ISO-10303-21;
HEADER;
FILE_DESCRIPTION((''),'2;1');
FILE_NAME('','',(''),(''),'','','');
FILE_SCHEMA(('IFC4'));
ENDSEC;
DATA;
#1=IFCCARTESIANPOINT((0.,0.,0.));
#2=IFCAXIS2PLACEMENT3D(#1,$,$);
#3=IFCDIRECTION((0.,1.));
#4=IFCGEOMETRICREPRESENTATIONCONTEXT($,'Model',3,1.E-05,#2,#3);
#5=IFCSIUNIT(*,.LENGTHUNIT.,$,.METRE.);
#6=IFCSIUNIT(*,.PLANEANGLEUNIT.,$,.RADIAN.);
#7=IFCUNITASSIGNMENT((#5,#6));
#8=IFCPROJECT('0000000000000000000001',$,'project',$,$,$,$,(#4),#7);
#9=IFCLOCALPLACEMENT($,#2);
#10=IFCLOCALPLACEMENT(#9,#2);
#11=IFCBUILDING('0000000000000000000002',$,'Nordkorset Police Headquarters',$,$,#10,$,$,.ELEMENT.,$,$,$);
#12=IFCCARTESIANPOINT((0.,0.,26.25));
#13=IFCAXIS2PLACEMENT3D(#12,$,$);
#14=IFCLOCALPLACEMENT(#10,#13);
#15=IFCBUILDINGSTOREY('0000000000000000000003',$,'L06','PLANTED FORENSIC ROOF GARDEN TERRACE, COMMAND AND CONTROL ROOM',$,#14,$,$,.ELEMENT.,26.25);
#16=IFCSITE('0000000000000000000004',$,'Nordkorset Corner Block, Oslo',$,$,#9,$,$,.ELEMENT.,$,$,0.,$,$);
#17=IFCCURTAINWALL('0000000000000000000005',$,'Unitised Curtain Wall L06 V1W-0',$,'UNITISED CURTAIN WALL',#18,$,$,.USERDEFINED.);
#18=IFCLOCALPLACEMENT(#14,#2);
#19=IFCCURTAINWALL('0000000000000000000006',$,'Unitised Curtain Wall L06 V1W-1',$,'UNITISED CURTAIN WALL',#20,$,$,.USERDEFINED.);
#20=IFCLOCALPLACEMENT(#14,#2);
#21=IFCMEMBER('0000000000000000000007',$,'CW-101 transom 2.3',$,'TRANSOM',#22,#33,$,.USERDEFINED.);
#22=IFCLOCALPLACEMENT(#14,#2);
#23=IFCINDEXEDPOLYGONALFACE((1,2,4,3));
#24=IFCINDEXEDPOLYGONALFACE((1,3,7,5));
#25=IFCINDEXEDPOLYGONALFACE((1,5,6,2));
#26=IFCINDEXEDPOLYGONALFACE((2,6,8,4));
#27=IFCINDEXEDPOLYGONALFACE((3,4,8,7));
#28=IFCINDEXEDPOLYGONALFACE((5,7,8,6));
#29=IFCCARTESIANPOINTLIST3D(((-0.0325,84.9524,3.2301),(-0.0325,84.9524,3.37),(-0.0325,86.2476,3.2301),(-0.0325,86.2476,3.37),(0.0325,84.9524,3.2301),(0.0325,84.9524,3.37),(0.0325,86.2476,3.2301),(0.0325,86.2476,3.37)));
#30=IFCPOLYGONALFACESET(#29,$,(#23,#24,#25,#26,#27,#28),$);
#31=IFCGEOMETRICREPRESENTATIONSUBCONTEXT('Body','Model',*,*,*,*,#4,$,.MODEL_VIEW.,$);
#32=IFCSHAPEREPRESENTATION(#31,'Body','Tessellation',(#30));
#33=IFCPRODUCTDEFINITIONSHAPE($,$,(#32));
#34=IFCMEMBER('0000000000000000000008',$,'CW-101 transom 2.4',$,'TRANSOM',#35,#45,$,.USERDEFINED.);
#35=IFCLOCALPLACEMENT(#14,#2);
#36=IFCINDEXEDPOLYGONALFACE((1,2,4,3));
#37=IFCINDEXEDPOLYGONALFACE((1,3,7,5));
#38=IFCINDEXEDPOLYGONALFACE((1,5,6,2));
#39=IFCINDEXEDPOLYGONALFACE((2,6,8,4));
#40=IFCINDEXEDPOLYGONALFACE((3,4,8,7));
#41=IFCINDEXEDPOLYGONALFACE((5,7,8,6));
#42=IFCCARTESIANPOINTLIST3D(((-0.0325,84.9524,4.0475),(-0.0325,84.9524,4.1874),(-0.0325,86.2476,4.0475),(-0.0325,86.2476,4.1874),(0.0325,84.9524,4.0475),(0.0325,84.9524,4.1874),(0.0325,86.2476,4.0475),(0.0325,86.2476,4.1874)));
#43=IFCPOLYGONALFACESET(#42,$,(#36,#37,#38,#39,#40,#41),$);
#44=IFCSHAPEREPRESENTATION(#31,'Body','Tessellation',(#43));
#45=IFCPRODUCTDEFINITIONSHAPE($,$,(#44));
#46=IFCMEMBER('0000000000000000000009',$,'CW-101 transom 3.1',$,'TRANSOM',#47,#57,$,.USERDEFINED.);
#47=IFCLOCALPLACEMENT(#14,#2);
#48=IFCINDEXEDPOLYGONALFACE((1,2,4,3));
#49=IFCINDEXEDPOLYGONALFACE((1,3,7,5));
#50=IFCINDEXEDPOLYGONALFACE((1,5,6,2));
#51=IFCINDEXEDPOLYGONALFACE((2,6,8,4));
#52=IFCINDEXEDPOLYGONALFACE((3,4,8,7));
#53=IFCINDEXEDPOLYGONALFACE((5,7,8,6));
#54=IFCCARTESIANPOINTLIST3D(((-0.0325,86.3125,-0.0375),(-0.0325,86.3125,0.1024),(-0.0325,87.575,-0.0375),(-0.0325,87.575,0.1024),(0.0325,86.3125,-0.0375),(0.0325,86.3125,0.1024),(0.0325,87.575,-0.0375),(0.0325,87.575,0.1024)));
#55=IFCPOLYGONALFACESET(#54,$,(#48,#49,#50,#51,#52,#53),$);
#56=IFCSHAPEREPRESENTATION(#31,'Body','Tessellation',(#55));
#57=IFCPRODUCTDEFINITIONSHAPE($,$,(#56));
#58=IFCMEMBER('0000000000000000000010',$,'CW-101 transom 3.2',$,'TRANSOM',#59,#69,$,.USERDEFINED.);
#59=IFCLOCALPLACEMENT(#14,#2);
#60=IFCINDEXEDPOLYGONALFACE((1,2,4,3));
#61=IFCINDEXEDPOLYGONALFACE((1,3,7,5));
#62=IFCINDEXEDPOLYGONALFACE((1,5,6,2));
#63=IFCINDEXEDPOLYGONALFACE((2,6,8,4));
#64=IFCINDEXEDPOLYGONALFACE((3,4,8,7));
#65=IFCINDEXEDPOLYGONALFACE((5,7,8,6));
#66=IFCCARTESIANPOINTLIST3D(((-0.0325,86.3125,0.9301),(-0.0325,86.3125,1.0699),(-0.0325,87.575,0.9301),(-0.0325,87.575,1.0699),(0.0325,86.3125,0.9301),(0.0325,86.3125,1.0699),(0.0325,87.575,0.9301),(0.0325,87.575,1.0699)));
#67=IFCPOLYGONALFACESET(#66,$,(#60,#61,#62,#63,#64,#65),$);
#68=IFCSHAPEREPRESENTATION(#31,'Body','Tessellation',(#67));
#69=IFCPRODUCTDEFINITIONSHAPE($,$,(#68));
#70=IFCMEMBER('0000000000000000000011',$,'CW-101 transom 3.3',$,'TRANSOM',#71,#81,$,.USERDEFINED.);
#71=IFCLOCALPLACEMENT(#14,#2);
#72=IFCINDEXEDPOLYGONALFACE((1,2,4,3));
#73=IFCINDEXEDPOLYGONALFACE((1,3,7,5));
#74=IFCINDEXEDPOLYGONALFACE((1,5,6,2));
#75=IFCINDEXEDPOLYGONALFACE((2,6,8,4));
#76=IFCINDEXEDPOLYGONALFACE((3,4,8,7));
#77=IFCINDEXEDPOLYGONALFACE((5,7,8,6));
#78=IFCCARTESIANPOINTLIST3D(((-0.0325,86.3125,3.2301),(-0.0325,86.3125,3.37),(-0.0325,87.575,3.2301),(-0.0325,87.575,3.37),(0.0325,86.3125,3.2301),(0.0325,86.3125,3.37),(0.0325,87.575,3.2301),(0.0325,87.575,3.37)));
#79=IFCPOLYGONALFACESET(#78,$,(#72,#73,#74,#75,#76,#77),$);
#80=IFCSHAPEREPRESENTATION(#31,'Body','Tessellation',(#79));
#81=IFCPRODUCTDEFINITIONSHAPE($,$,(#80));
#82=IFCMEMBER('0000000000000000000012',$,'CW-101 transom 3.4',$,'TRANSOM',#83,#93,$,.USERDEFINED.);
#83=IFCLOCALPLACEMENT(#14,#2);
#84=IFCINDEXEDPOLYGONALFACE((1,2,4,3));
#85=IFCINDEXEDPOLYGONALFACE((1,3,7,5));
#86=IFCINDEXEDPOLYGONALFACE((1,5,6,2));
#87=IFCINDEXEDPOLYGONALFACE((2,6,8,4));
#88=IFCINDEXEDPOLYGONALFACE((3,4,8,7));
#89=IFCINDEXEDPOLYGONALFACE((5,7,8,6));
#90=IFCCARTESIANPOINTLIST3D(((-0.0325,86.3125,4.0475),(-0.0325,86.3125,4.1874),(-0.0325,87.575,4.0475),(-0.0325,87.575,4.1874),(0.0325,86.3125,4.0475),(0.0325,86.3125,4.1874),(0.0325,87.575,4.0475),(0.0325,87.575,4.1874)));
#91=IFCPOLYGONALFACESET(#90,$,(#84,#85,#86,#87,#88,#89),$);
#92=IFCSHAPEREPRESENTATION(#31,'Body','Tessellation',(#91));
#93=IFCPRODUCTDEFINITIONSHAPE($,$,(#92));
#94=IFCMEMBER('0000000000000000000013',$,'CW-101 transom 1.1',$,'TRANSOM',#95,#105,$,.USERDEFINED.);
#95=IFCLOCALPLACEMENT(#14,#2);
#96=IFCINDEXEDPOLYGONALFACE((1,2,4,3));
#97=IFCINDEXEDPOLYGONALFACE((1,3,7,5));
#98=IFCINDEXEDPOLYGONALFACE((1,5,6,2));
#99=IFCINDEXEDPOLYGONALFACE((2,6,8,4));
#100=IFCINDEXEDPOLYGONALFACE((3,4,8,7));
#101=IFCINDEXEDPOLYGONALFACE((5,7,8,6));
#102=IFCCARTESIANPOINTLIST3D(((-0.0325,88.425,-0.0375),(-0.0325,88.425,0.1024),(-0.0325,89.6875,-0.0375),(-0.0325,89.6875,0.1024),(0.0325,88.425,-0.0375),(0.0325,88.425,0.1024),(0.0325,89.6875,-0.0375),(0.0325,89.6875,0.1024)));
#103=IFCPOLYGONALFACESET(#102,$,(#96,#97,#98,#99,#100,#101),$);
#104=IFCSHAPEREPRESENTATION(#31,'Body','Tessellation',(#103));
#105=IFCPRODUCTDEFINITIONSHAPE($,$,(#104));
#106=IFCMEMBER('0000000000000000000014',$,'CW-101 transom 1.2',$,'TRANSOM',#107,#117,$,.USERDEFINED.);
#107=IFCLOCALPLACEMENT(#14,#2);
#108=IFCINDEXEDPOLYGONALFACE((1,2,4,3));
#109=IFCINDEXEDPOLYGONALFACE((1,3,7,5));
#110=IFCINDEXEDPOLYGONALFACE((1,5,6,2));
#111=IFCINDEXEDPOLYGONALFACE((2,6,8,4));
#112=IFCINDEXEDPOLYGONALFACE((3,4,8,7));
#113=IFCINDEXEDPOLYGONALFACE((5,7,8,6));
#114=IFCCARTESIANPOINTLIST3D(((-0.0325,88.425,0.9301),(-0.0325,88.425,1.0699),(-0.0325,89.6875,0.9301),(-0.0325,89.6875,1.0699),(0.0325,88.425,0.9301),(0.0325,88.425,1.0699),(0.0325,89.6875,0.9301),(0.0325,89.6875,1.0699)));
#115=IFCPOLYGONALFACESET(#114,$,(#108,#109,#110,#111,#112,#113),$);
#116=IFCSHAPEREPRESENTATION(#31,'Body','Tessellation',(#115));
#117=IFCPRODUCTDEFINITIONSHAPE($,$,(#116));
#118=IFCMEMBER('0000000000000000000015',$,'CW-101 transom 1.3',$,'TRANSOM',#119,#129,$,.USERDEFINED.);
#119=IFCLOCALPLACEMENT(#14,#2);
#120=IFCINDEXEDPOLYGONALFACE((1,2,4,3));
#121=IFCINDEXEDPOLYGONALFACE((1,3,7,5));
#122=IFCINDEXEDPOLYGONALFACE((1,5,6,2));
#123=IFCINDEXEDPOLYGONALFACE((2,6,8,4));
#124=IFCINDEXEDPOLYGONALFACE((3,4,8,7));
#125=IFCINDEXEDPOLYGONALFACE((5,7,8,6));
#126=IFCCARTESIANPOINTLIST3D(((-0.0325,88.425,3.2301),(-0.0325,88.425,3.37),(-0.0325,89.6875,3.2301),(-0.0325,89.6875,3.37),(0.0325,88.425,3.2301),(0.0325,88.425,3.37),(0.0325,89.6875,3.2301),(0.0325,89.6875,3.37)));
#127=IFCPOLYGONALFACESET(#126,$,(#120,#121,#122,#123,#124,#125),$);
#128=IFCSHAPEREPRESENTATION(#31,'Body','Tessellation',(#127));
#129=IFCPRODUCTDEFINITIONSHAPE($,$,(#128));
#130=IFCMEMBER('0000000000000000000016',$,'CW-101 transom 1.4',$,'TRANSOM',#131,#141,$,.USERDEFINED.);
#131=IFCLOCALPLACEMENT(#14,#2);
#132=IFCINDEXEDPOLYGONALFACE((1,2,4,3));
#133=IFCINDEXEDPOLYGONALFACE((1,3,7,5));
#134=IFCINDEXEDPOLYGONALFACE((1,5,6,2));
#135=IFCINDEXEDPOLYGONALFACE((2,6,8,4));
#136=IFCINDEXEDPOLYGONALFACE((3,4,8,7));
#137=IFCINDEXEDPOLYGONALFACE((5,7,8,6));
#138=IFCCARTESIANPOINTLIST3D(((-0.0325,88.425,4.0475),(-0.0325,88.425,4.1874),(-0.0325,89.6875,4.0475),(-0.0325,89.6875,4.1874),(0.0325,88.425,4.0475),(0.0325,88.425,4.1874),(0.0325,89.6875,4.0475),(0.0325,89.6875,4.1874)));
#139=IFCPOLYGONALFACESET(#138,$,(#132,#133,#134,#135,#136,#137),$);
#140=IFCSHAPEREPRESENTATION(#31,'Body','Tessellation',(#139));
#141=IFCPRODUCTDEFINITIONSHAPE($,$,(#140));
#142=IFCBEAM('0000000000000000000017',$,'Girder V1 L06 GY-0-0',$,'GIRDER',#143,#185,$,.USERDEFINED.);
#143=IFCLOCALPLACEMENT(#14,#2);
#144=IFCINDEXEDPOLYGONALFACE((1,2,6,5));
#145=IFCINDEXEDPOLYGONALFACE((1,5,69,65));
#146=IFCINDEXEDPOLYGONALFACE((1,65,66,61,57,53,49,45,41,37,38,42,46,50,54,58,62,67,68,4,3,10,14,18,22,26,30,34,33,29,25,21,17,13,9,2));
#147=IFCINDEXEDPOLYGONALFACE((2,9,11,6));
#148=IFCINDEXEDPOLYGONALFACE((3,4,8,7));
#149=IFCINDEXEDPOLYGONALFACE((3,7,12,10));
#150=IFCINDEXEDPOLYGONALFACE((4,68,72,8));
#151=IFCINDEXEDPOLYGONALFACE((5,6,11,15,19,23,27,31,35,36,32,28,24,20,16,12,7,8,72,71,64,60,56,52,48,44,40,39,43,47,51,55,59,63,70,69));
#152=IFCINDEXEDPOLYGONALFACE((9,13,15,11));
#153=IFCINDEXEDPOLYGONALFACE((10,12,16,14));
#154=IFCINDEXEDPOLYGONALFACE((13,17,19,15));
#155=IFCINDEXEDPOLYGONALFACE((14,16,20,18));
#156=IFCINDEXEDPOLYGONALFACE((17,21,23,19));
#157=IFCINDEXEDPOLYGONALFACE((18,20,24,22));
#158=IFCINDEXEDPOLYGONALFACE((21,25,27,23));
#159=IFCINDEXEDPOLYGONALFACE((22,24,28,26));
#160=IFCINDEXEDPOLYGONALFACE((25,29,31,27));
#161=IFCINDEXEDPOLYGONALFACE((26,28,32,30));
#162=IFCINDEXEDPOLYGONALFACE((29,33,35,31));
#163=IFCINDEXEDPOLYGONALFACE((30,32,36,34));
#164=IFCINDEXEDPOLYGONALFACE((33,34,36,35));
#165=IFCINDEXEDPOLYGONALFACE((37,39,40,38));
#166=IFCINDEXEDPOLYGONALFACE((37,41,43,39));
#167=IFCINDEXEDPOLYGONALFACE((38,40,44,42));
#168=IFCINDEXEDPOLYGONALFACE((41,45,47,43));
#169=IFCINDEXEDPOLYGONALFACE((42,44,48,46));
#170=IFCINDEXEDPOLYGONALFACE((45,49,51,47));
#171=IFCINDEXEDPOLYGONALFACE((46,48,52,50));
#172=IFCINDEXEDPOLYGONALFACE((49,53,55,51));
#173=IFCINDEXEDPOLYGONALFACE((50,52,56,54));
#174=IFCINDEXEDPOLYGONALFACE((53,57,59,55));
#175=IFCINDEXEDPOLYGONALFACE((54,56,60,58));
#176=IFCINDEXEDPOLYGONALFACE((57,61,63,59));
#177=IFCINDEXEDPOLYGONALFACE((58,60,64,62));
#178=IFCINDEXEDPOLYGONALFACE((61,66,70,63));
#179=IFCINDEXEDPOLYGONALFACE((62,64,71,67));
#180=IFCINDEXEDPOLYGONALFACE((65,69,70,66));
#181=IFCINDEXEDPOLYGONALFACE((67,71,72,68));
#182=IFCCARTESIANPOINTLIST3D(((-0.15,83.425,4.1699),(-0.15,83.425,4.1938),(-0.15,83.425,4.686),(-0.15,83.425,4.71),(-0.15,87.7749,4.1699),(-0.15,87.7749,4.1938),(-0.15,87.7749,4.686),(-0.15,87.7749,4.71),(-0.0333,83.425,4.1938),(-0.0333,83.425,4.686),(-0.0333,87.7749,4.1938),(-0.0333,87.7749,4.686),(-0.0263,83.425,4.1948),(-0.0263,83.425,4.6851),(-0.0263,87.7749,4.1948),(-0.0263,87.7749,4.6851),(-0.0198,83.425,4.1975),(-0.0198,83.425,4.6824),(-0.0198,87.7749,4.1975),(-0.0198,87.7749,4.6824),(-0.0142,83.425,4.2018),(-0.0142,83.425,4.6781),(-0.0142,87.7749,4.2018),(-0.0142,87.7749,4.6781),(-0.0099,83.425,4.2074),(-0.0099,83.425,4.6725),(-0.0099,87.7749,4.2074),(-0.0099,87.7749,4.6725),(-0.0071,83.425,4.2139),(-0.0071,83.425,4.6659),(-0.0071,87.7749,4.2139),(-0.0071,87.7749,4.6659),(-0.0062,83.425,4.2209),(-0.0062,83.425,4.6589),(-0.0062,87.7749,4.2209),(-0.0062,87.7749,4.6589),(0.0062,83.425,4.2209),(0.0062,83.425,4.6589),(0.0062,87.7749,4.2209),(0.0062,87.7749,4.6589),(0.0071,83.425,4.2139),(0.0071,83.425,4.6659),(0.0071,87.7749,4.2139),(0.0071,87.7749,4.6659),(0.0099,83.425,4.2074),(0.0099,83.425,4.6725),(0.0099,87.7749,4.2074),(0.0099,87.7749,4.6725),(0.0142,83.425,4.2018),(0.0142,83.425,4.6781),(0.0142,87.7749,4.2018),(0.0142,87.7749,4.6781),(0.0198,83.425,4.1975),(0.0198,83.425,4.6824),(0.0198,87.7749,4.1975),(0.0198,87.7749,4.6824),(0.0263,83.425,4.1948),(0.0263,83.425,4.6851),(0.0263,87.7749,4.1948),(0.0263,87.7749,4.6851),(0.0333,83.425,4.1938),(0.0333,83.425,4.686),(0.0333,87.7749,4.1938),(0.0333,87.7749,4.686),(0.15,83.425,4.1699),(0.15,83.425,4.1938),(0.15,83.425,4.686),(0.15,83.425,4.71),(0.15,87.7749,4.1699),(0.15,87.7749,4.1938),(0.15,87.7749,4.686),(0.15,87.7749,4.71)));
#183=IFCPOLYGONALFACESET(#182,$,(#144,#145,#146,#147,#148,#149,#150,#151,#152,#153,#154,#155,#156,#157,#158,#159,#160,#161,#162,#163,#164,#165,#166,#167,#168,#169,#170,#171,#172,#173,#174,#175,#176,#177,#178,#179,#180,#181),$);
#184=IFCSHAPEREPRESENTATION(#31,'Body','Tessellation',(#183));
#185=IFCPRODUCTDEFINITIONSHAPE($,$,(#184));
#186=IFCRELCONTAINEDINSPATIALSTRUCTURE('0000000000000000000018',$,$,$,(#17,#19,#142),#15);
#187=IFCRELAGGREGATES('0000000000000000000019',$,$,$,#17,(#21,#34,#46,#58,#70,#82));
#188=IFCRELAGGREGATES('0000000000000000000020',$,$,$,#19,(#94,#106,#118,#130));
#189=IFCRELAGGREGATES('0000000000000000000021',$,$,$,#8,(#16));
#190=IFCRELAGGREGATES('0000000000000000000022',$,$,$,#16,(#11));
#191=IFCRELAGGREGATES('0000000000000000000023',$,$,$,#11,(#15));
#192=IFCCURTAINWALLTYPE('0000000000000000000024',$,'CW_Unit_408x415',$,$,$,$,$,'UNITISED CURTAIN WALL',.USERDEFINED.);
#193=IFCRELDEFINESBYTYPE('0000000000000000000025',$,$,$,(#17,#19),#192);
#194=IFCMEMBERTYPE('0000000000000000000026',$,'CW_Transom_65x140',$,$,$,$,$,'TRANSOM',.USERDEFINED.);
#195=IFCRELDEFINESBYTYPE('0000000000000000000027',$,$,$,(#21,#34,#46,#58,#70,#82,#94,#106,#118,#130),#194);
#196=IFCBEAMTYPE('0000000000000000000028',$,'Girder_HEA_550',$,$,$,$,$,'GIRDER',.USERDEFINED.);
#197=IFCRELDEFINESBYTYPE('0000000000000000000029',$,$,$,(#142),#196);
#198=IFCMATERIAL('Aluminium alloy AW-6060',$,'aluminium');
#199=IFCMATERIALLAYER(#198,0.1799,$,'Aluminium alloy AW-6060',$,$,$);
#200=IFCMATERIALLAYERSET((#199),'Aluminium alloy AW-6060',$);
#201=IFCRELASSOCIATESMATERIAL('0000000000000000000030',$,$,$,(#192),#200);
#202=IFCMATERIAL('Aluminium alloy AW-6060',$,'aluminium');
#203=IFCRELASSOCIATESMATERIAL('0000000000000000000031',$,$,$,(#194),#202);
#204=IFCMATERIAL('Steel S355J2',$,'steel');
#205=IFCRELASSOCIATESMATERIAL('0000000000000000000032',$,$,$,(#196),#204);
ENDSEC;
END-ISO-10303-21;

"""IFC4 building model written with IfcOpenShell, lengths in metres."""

from ifc_helpers import new_model, si_unit, direction, frame, origin, origin_2d, place, context, subcontext, project, spatial, rectangle, i_section, extrude, material, layer, layer_set, material_profile, profile_set, type_object, element, aggregate, save


model = new_model("IFC4")

# Units and contexts
model_context = context("Model", 3, precision=1e-05, world=origin(), true_north=direction((0.0, 1.0)))
body_context = subcontext(model_context, "Body", "Model", "MODEL_VIEW")
ifc_project = project(units=[si_unit("LENGTHUNIT", "METRE"), si_unit("PLANEANGLEUNIT", "RADIAN")], contexts=[model_context])

# Site, building, storey
site_placement = place(None, origin())
site = spatial("IfcSite", under=ifc_project, at=site_placement, Name="Nordkorset Corner Block, Oslo", CompositionType="ELEMENT", RefElevation=0.0)
building_placement = place(site_placement, origin())
building = spatial("IfcBuilding", under=site, at=building_placement, Name="Nordkorset Police Headquarters", CompositionType="ELEMENT")
storey_placement = place(building_placement, frame((0.0, 0.0, 26.25)))
storey = spatial("IfcBuildingStorey", under=building, at=storey_placement, Name="L06", Description="PLANTED FORENSIC ROOF GARDEN TERRACE, COMMAND AND CONTROL ROOM", CompositionType="ELEMENT", Elevation=26.25)

# Curtain wall
ifc_material_1 = material(Name="Aluminium alloy AW-6060", Category="aluminium")
ifc_layer_1 = layer(ifc_material_1, 0.1799, Name="Aluminium alloy AW-6060")
ifc_layer_set_1 = layer_set([ifc_layer_1], Name="Aluminium alloy AW-6060")
curtain_wall_type = type_object("IfcCurtainWallType", Name="CW_Unit_408x415", ElementType="UNITISED CURTAIN WALL", PredefinedType="USERDEFINED", material=ifc_layer_set_1)
curtain_wall_1_placement = place(storey_placement, origin())
curtain_wall_1 = element("IfcCurtainWall", 1, at=curtain_wall_1_placement, inside=storey, type_object=curtain_wall_type, Name="Unitised Curtain Wall L06 V1W-0", ObjectType="UNITISED CURTAIN WALL", PredefinedType="USERDEFINED")

# Curtain wall
curtain_wall_2_placement = place(storey_placement, origin())
curtain_wall_2 = element("IfcCurtainWall", 2, at=curtain_wall_2_placement, inside=storey, type_object=curtain_wall_type, Name="Unitised Curtain Wall L06 V1W-1", ObjectType="UNITISED CURTAIN WALL", PredefinedType="USERDEFINED")

# Members
ifc_material_2 = material(Name="Aluminium alloy AW-6060", Category="aluminium")
ifc_material_profile_1 = material_profile(ifc_material_2, rectangle(XDim=0.0649, YDim=0.1399, at=origin_2d()), Name="ALU TRAN 65x140")
ifc_profile_set_1 = profile_set([ifc_material_profile_1], Name="Aluminium alloy AW-6060")
member_type_1 = type_object("IfcMemberType", Name="CW_Transom_65x140", ElementType="TRANSOM", PredefinedType="USERDEFINED", material=ifc_profile_set_1)
member_1_placement = place(storey_placement, frame((0.0, 84.9524, 3.3), z_axis=(0.0, 1.0, 0.0), x_axis=(-1.0, 0.0, 0.0)))
member_1 = element("IfcMember", 3, at=member_1_placement, type_object=member_type_1, Name="CW-101 transom 2.3", ObjectType="TRANSOM", PredefinedType="USERDEFINED", context=body_context, shape_type="SweptSolid", body=[
    extrude(rectangle(XDim=0.0649, YDim=0.1399, at=origin_2d()), origin(), (0.0, 0.0, 1.0), 1.2952),
])
member_2_placement = place(storey_placement, frame((0.0, 84.9524, 4.1174), z_axis=(0.0, 1.0, 0.0), x_axis=(-1.0, 0.0, 0.0)))
member_2 = element("IfcMember", 4, at=member_2_placement, type_object=member_type_1, Name="CW-101 transom 2.4", ObjectType="TRANSOM", PredefinedType="USERDEFINED", context=body_context, shape_type="SweptSolid", body=[
    extrude(rectangle(XDim=0.0649, YDim=0.1399, at=origin_2d()), origin(), (0.0, 0.0, 1.0), 1.2952),
])
member_3_placement = place(storey_placement, frame((0.0, 86.3125, 0.0325), z_axis=(0.0, 1.0, 0.0), x_axis=(-1.0, 0.0, 0.0)))
member_3 = element("IfcMember", 5, at=member_3_placement, type_object=member_type_1, Name="CW-101 transom 3.1", ObjectType="TRANSOM", PredefinedType="USERDEFINED", context=body_context, shape_type="SweptSolid", body=[
    extrude(rectangle(XDim=0.0649, YDim=0.1399, at=origin_2d()), origin(), (0.0, 0.0, 1.0), 1.2625),
])
member_4_placement = place(storey_placement, frame((0.0, 86.3125, 1.0), z_axis=(0.0, 1.0, 0.0), x_axis=(-1.0, 0.0, 0.0)))
member_4 = element("IfcMember", 6, at=member_4_placement, type_object=member_type_1, Name="CW-101 transom 3.2", ObjectType="TRANSOM", PredefinedType="USERDEFINED", context=body_context, shape_type="SweptSolid", body=[
    extrude(rectangle(XDim=0.0649, YDim=0.1399, at=origin_2d()), origin(), (0.0, 0.0, 1.0), 1.2625),
])
member_5_placement = place(storey_placement, frame((0.0, 86.3125, 3.3), z_axis=(0.0, 1.0, 0.0), x_axis=(-1.0, 0.0, 0.0)))
member_5 = element("IfcMember", 7, at=member_5_placement, type_object=member_type_1, Name="CW-101 transom 3.3", ObjectType="TRANSOM", PredefinedType="USERDEFINED", context=body_context, shape_type="SweptSolid", body=[
    extrude(rectangle(XDim=0.0649, YDim=0.1399, at=origin_2d()), origin(), (0.0, 0.0, 1.0), 1.2625),
])
member_6_placement = place(storey_placement, frame((0.0, 86.3125, 4.1174), z_axis=(0.0, 1.0, 0.0), x_axis=(-1.0, 0.0, 0.0)))
member_6 = element("IfcMember", 8, at=member_6_placement, type_object=member_type_1, Name="CW-101 transom 3.4", ObjectType="TRANSOM", PredefinedType="USERDEFINED", context=body_context, shape_type="SweptSolid", body=[
    extrude(rectangle(XDim=0.0649, YDim=0.1399, at=origin_2d()), origin(), (0.0, 0.0, 1.0), 1.2625),
])
member_7_placement = place(storey_placement, frame((0.0, 88.425, 0.0325), z_axis=(0.0, 1.0, 0.0), x_axis=(-1.0, 0.0, 0.0)))
member_7 = element("IfcMember", 9, at=member_7_placement, type_object=member_type_1, Name="CW-101 transom 1.1", ObjectType="TRANSOM", PredefinedType="USERDEFINED", context=body_context, shape_type="SweptSolid", body=[
    extrude(rectangle(XDim=0.0649, YDim=0.1399, at=origin_2d()), origin(), (0.0, 0.0, 1.0), 1.2625),
])
member_8_placement = place(storey_placement, frame((0.0, 88.425, 1.0), z_axis=(0.0, 1.0, 0.0), x_axis=(-1.0, 0.0, 0.0)))
member_8 = element("IfcMember", 10, at=member_8_placement, type_object=member_type_1, Name="CW-101 transom 1.2", ObjectType="TRANSOM", PredefinedType="USERDEFINED", context=body_context, shape_type="SweptSolid", body=[
    extrude(rectangle(XDim=0.0649, YDim=0.1399, at=origin_2d()), origin(), (0.0, 0.0, 1.0), 1.2625),
])
member_9_placement = place(storey_placement, frame((0.0, 88.425, 3.3), z_axis=(0.0, 1.0, 0.0), x_axis=(-1.0, 0.0, 0.0)))
member_9 = element("IfcMember", 11, at=member_9_placement, type_object=member_type_1, Name="CW-101 transom 1.3", ObjectType="TRANSOM", PredefinedType="USERDEFINED", context=body_context, shape_type="SweptSolid", body=[
    extrude(rectangle(XDim=0.0649, YDim=0.1399, at=origin_2d()), origin(), (0.0, 0.0, 1.0), 1.2625),
])
member_10_placement = place(storey_placement, frame((0.0, 88.425, 4.1174), z_axis=(0.0, 1.0, 0.0), x_axis=(-1.0, 0.0, 0.0)))
member_10 = element("IfcMember", 12, at=member_10_placement, type_object=member_type_1, Name="CW-101 transom 1.4", ObjectType="TRANSOM", PredefinedType="USERDEFINED", context=body_context, shape_type="SweptSolid", body=[
    extrude(rectangle(XDim=0.0649, YDim=0.1399, at=origin_2d()), origin(), (0.0, 0.0, 1.0), 1.2625),
])

# Beam
ifc_material_3 = material(Name="Steel S355J2", Category="steel")
ifc_material_profile_2 = material_profile(ifc_material_3, i_section(OverallWidth=0.3, OverallDepth=0.54, WebThickness=0.0125, FlangeThickness=0.0239, FilletRadius=0.0271, at=origin_2d()), Name="HEA 550")
ifc_profile_set_2 = profile_set([ifc_material_profile_2], Name="Steel S355J2")
beam_type = type_object("IfcBeamType", Name="Girder_HEA_550", ElementType="GIRDER", PredefinedType="USERDEFINED", material=ifc_profile_set_2)
for number, where, z_axis, x_axis, name in (
    (13, (0.0, 83.425, 4.4399), (0.0, 1.0, 0.0), (-1.0, 0.0, 0.0), "Girder V1 L06 GY-0-0"),
):
    element("IfcBeam", number, at=place(storey_placement, frame(where, z_axis=z_axis, x_axis=x_axis)), inside=storey, type_object=beam_type, Name=name, ObjectType="GIRDER", PredefinedType="USERDEFINED", context=body_context, shape_type="SweptSolid", body=[
        extrude(i_section(OverallWidth=0.3, OverallDepth=0.54, WebThickness=0.0125, FlangeThickness=0.0239, FilletRadius=0.0271, at=origin_2d()), origin(), (0.0, 0.0, 1.0), 4.3499),
    ])

aggregate(curtain_wall_1, [member_1, member_2, member_3, member_4, member_5, member_6])
aggregate(curtain_wall_2, [member_7, member_8, member_9, member_10])

save(model, "model.ifc")
